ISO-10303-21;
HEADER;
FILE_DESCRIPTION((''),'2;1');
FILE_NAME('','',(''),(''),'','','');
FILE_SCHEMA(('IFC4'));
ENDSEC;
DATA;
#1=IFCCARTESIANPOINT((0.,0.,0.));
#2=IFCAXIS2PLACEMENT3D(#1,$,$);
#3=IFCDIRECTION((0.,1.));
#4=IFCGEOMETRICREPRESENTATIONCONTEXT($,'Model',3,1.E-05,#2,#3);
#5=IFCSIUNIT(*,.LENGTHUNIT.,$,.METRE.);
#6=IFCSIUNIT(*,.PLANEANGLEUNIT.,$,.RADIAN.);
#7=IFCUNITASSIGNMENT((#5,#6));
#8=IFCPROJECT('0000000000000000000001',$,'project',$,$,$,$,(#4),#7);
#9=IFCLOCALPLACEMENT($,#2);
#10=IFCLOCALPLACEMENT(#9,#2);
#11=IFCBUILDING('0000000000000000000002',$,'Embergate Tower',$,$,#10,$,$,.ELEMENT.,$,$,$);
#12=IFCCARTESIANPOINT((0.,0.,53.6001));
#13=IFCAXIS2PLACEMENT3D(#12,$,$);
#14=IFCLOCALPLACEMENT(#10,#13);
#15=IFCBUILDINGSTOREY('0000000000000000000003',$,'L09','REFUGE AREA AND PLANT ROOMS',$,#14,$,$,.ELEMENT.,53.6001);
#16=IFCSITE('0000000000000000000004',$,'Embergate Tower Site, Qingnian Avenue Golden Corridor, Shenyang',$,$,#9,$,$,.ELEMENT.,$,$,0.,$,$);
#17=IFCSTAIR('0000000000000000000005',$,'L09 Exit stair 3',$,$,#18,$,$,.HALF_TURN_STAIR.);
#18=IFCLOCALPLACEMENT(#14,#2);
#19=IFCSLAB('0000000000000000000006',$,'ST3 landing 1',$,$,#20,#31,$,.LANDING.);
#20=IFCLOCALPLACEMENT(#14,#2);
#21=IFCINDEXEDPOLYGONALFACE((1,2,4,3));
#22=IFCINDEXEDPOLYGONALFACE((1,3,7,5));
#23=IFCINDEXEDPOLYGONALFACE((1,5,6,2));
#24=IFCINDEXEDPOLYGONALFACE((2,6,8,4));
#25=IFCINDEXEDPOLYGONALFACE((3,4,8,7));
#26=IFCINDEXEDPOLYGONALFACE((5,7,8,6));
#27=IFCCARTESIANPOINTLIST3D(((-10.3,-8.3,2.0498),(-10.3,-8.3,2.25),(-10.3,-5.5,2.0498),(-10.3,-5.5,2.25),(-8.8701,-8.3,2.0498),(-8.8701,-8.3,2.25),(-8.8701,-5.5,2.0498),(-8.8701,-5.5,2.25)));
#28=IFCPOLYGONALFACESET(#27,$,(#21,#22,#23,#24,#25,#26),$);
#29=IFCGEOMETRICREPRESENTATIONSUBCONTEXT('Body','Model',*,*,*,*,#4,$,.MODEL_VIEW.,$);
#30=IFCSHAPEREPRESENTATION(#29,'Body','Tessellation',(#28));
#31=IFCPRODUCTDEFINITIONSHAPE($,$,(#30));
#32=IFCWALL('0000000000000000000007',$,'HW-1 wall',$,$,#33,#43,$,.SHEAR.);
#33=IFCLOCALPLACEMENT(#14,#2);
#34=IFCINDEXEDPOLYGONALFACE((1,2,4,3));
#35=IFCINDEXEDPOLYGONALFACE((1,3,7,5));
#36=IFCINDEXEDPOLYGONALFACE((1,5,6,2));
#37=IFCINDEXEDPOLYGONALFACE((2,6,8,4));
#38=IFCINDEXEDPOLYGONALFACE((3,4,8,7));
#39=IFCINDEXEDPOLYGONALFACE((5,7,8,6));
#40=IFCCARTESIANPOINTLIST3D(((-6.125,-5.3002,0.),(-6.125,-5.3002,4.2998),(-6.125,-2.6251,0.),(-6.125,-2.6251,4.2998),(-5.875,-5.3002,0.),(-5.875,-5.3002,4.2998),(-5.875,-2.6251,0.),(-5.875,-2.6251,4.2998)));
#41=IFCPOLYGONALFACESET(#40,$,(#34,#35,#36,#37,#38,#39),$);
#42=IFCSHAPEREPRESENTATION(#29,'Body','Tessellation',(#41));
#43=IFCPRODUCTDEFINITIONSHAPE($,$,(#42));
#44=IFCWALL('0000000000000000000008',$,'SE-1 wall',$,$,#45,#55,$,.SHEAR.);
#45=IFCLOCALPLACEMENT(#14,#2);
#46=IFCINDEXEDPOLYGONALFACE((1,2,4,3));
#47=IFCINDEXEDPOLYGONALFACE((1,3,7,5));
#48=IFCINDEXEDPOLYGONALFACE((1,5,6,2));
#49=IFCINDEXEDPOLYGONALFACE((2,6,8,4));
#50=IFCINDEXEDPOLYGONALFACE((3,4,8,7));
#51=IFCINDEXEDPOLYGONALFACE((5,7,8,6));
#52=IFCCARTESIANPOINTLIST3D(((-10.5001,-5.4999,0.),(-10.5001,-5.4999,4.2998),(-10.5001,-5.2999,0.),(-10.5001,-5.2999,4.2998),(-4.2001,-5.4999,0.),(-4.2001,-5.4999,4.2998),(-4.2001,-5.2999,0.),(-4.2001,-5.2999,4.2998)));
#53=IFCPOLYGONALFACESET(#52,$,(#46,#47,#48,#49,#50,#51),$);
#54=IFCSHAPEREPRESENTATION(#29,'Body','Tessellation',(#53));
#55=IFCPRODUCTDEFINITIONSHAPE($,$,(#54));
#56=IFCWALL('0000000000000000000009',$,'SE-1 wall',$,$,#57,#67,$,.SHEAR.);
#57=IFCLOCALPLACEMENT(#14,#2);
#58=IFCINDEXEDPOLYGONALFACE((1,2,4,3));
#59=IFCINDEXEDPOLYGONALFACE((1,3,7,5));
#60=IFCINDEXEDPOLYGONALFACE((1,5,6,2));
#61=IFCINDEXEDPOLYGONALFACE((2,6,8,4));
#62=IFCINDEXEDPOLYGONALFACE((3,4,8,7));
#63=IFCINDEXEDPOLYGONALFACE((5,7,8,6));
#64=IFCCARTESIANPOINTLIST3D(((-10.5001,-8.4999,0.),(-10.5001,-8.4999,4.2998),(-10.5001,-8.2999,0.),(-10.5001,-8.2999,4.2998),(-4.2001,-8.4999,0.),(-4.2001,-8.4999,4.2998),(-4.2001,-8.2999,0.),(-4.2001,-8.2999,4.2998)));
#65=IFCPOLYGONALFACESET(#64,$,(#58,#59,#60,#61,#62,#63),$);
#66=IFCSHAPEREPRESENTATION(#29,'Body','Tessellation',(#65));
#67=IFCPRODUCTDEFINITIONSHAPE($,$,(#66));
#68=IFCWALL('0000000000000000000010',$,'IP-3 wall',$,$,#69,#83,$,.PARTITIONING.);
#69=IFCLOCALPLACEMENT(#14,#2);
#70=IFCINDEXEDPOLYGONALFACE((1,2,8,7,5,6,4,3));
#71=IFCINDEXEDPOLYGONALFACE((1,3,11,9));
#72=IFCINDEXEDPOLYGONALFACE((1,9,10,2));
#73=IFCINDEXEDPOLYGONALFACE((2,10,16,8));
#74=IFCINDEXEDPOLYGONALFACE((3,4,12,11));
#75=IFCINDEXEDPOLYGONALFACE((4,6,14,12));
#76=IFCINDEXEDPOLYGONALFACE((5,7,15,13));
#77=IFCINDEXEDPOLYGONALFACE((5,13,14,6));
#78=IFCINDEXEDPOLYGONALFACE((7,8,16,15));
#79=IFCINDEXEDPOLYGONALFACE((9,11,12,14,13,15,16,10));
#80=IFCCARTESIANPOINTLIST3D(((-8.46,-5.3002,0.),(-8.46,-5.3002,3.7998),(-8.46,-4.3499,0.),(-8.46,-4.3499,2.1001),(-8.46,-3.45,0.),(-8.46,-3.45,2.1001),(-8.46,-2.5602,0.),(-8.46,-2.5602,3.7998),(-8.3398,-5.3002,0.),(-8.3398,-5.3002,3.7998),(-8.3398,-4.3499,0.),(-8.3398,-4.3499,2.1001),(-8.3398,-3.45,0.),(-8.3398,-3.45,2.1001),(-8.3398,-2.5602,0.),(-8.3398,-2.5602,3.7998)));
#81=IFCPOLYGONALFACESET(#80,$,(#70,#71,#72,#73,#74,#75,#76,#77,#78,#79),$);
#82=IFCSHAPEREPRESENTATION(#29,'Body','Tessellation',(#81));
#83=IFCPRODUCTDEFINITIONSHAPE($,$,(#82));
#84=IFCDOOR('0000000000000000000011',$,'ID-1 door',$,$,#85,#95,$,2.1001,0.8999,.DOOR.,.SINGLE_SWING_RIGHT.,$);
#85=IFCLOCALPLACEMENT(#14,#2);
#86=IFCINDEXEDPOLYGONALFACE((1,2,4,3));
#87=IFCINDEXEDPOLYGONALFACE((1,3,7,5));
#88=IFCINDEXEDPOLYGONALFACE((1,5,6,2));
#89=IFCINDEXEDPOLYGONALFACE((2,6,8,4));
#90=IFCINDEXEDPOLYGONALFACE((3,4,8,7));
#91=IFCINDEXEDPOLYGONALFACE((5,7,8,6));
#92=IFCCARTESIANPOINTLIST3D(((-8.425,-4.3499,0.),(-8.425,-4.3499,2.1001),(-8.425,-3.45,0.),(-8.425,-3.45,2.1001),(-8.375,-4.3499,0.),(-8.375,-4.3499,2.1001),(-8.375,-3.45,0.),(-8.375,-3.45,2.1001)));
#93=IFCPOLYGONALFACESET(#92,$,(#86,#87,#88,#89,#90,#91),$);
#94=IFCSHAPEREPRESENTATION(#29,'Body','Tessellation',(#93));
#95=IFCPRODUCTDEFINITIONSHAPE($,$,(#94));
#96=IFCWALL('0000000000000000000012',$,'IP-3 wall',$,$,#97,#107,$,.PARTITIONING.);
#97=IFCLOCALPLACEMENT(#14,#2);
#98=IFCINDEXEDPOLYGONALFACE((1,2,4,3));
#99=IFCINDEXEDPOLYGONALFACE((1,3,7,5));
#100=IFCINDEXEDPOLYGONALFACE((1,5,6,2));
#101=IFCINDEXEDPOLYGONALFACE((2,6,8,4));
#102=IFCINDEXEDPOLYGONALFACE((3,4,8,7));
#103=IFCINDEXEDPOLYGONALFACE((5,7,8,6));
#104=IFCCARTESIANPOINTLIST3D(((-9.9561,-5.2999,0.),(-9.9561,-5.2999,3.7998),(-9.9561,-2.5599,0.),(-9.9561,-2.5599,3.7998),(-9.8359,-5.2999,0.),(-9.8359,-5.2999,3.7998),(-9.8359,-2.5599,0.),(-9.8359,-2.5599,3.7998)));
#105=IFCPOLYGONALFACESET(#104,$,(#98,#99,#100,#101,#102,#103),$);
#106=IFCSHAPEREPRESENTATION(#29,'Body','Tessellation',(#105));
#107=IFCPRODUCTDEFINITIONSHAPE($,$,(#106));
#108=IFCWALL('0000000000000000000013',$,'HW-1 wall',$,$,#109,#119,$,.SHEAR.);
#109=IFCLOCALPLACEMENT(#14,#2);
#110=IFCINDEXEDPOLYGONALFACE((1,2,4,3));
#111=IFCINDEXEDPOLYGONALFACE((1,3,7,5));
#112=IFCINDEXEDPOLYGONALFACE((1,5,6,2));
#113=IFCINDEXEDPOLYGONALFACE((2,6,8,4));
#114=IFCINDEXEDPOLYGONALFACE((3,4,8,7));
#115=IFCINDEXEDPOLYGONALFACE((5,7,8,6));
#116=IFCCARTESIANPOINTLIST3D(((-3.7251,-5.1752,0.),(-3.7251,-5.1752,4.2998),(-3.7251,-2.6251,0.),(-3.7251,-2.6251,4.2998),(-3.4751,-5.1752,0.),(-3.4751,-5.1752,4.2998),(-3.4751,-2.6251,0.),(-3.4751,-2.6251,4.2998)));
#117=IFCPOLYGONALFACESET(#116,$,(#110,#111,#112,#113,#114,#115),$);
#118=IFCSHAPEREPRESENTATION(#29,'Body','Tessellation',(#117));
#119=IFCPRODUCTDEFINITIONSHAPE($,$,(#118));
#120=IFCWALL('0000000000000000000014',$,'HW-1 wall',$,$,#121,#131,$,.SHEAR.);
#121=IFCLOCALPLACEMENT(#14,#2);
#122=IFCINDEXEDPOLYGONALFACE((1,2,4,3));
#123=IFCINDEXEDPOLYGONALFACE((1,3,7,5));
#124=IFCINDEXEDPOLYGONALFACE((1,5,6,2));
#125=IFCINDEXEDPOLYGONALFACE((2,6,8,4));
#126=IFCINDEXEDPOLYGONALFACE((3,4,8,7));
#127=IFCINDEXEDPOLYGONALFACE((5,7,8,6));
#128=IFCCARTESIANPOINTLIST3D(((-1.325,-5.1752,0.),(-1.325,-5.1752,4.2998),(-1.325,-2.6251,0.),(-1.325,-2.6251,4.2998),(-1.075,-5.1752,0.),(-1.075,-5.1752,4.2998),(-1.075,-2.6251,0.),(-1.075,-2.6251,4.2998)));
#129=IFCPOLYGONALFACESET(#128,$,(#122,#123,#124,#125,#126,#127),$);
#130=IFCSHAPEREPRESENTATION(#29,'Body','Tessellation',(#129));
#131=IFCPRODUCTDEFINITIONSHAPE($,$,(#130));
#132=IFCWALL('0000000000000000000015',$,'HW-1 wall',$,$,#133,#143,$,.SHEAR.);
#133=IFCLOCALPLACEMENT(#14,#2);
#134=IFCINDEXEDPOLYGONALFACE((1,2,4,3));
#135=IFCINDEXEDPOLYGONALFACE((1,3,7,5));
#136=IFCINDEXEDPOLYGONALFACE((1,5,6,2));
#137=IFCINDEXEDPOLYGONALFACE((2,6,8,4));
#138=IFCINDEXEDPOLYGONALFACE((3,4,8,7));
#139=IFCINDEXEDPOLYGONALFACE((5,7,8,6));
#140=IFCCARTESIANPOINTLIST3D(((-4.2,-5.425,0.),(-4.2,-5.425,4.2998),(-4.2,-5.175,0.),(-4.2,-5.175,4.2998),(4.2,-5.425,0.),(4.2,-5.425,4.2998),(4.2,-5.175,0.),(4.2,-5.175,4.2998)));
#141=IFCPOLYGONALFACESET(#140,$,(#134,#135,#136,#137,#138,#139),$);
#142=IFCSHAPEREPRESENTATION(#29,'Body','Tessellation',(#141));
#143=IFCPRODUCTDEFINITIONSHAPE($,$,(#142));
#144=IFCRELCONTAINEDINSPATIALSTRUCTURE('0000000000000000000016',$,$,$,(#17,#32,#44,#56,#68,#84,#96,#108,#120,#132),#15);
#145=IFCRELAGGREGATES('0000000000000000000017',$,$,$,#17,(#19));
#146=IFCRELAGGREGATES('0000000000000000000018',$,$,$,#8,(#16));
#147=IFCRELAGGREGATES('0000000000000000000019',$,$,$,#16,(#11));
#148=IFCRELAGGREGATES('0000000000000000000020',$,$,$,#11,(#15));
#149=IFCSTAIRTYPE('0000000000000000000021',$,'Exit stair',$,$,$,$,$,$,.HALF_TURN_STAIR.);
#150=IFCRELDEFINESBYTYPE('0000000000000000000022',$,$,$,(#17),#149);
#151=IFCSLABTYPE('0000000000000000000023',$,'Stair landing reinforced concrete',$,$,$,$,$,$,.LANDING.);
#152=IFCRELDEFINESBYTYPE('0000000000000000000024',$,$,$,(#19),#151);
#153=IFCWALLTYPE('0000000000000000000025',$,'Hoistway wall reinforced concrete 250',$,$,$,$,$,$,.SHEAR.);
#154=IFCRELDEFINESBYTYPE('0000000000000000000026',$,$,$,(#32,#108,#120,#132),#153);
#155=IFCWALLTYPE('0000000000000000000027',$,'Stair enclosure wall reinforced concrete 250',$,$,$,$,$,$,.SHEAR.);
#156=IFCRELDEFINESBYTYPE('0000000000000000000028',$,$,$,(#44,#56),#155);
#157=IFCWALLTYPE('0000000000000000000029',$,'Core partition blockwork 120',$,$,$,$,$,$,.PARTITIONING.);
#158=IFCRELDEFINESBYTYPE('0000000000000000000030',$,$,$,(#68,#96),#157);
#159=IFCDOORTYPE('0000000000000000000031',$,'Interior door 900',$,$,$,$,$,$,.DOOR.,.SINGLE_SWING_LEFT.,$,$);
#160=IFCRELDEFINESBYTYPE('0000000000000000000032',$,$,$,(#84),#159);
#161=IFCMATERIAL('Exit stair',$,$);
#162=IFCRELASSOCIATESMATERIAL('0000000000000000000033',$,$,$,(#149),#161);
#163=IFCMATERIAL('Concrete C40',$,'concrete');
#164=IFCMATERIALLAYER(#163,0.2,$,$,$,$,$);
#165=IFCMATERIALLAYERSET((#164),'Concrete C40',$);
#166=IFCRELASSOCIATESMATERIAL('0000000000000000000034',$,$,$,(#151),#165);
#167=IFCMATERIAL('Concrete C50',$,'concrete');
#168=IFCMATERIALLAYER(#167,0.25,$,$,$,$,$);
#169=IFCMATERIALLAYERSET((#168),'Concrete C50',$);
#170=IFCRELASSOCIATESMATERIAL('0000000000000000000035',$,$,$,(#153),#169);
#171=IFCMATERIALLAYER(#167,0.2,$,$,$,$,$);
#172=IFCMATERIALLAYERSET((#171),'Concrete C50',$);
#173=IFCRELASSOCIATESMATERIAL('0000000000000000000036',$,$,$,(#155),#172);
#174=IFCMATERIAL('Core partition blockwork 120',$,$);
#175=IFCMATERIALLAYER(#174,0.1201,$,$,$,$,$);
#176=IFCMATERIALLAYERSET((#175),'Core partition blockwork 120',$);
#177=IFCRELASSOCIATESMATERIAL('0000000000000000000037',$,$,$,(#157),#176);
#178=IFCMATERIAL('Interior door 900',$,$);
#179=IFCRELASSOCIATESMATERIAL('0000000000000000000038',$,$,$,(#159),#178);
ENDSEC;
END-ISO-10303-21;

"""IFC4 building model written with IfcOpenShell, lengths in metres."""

from ifc_helpers import new_model, si_unit, direction, frame, frame_2d, origin, place, context, subcontext, project, spatial, polyline, rectangle, outline, extrude, source, transform, mapped, material, layer, layer_set, type_object, element, fill, aggregate, save


model = new_model("IFC4")

# Units and contexts
model_context = context("Model", 3, precision=1e-05, world=origin(), true_north=direction((0.0, 1.0)))
body_context = subcontext(model_context, "Body", "Model", "MODEL_VIEW")
ifc_project = project(units=[si_unit("LENGTHUNIT", "METRE"), si_unit("PLANEANGLEUNIT", "RADIAN")], contexts=[model_context])

# Site, building, storey
site_placement = place(None, origin())
site = spatial("IfcSite", under=ifc_project, at=site_placement, Name="Embergate Tower Site, Qingnian Avenue Golden Corridor, Shenyang", CompositionType="ELEMENT", RefElevation=0.0)
building_placement = place(site_placement, origin())
building = spatial("IfcBuilding", under=site, at=building_placement, Name="Embergate Tower", CompositionType="ELEMENT")
storey_placement = place(building_placement, frame((0.0, 0.0, 53.6001)))
storey = spatial("IfcBuildingStorey", under=building, at=storey_placement, Name="L09", Description="REFUGE AREA AND PLANT ROOMS", CompositionType="ELEMENT", Elevation=53.6001)

# Stair, slab
ifc_material_1 = material(Name="Exit stair")
stair_type = type_object("IfcStairType", Name="Exit stair", PredefinedType="HALF_TURN_STAIR", material=ifc_material_1)
stair_placement = place(storey_placement, origin())
stair = element("IfcStair", 1, at=stair_placement, inside=storey, type_object=stair_type, Name="L09 Exit stair 3", PredefinedType="HALF_TURN_STAIR")
ifc_material_2 = material(Name="Concrete C40", Category="concrete")
ifc_layer_1 = layer(ifc_material_2, 0.2)
ifc_layer_set_1 = layer_set([ifc_layer_1], Name="Concrete C40")
slab_type = type_object("IfcSlabType", Name="Stair landing reinforced concrete", PredefinedType="LANDING", material=ifc_layer_set_1)
shared_shape_1 = source(origin(), body_context, "Body", "SweptSolid", [
    extrude(outline(polyline([(0.0, 0.0), (1.4299, 0.0), (1.4299, 2.8), (0.0, 2.8), (0.0, 0.0)])), origin(), (0.0, 0.0, 1.0), 0.2002),
])
slab_placement = place(storey_placement, frame((-10.3, -8.3, 2.0498)))
slab = element("IfcSlab", 2, at=slab_placement, type_object=slab_type, Name="ST3 landing 1", PredefinedType="LANDING", context=body_context, shape_type="MappedRepresentation", body=[
    mapped(shared_shape_1, transform((0.0, 0.0, 0.0))),
])

# Walls
ifc_material_3 = material(Name="Concrete C50", Category="concrete")
ifc_layer_2 = layer(ifc_material_3, 0.25)
ifc_layer_set_2 = layer_set([ifc_layer_2], Name="Concrete C50")
wall_type_1 = type_object("IfcWallType", Name="Hoistway wall reinforced concrete 250", PredefinedType="SHEAR", material=ifc_layer_set_2)
shared_shape_2 = source(origin(), body_context, "Body", "SweptSolid", [
    extrude(rectangle(XDim=2.675, YDim=0.25, at=frame_2d((1.3374, 0.0))), origin(), (0.0, 0.0, 1.0), 4.2998),
])
wall_1_placement = place(storey_placement, frame((-6.0, -5.3, 0.0), z_axis=(0.0, 0.0, 1.0), x_axis=(0.0, 1.0, 0.0)))
element("IfcWall", 3, at=wall_1_placement, inside=storey, type_object=wall_type_1, Name="HW-1 wall", PredefinedType="SHEAR", context=body_context, shape_type="MappedRepresentation", body=[
    mapped(shared_shape_2, transform((0.0, 0.0, 0.0))),
])
ifc_layer_3 = layer(ifc_material_3, 0.2)
ifc_layer_set_3 = layer_set([ifc_layer_3], Name="Concrete C50")
wall_type_2 = type_object("IfcWallType", Name="Stair enclosure wall reinforced concrete 250", PredefinedType="SHEAR", material=ifc_layer_set_3)
shared_shape_3 = source(origin(), body_context, "Body", "SweptSolid", [
    extrude(rectangle(XDim=6.3, YDim=0.2, at=frame_2d((3.1499, 0.0))), origin(), (0.0, 0.0, 1.0), 4.2998),
])
for number, where, z_axis, x_axis, name in (
    (4, (-10.5, -5.3999, 0.0), (0.0, 0.0, 1.0), (1.0, 0.0, 0.0), "SE-1 wall"),
    (5, (-10.5, -8.3999, 0.0), (0.0, 0.0, 1.0), (1.0, 0.0, 0.0), "SE-1 wall"),
):
    element("IfcWall", number, at=place(storey_placement, frame(where, z_axis=z_axis, x_axis=x_axis)), inside=storey, type_object=wall_type_2, Name=name, PredefinedType="SHEAR", context=body_context, shape_type="MappedRepresentation", body=[
        mapped(shared_shape_3, transform((0.0, 0.0, 0.0))),
    ])

# Wall, opening, door
ifc_material_4 = material(Name="Core partition blockwork 120")
ifc_layer_4 = layer(ifc_material_4, 0.1201)
ifc_layer_set_4 = layer_set([ifc_layer_4], Name="Core partition blockwork 120")
wall_type_3 = type_object("IfcWallType", Name="Core partition blockwork 120", PredefinedType="PARTITIONING", material=ifc_layer_set_4)
shared_shape_4 = source(origin(), body_context, "Body", "SweptSolid", [
    extrude(rectangle(XDim=2.74, YDim=0.1201, at=frame_2d((1.3701, 0.0))), origin(), (0.0, 0.0, 1.0), 3.7998),
])
wall_2_placement = place(storey_placement, frame((-8.3999, -2.5601, 0.0), z_axis=(0.0, 0.0, 1.0), x_axis=(0.0, -1.0, 0.0)))
wall_2 = element("IfcWall", 6, at=wall_2_placement, inside=storey, type_object=wall_type_3, Name="IP-3 wall", PredefinedType="PARTITIONING", context=body_context, shape_type="MappedRepresentation", body=[
    mapped(shared_shape_4, transform((0.0, 0.0, 0.0))),
])
shared_shape_5 = source(origin(), body_context, "Body", "SweptSolid", [
    extrude(rectangle(XDim=0.8999, YDim=2.1001, at=frame_2d((0.45, 1.05))), frame((0.0, 0.0701, 0.0), z_axis=(0.0, -1.0, 0.0), x_axis=(1.0, 0.0, 0.0)), (0.0, 0.0, 1.0), 0.1401),
])
opening_1_placement = place(wall_2_placement, frame((0.8899, 0.0, 0.0)))
opening_1 = element("IfcOpeningElement", 7, at=opening_1_placement, cuts=wall_2, PredefinedType="OPENING", context=body_context, shape_type="MappedRepresentation", body=[
    mapped(shared_shape_5, transform((0.0, 0.0, 0.0))),
])
ifc_material_5 = material(Name="Interior door 900")
door_type_1 = type_object("IfcDoorType", Name="Interior door 900", OperationType="SINGLE_SWING_LEFT", PredefinedType="DOOR", material=ifc_material_5)
shared_shape_6 = source(origin(), body_context, "Body", "SweptSolid", [
    extrude(rectangle(XDim=0.8999, YDim=2.1001, at=frame_2d((0.45, 1.05))), frame((0.0, 0.0249, 0.0), z_axis=(0.0, -1.0, 0.0), x_axis=(1.0, 0.0, 0.0)), (0.0, 0.0, 1.0), 0.05),
])
door_1_placement = place(opening_1_placement, origin())
door_1 = element("IfcDoor", 8, at=door_1_placement, inside=storey, type_object=door_type_1, Name="ID-1 door", OperationType="SINGLE_SWING_RIGHT", OverallHeight=2.1001, OverallWidth=0.8999, PredefinedType="DOOR", context=body_context, shape_type="MappedRepresentation", body=[
    mapped(shared_shape_6, transform((0.0, 0.0, 0.0))),
])
fill(opening_1, door_1)

# Walls
wall_3_placement = place(storey_placement, frame((-9.896, -5.3, 0.0), z_axis=(0.0, 0.0, 1.0), x_axis=(0.0, 1.0, 0.0)))
element("IfcWall", 9, at=wall_3_placement, inside=storey, type_object=wall_type_3, Name="IP-3 wall", PredefinedType="PARTITIONING", context=body_context, shape_type="MappedRepresentation", body=[
    mapped(shared_shape_4, transform((0.0, 0.0, 0.0))),
])
shared_shape_7 = source(origin(), body_context, "Body", "SweptSolid", [
    extrude(rectangle(XDim=2.55, YDim=0.25, at=frame_2d((1.2749, 0.0))), origin(), (0.0, 0.0, 1.0), 4.2998),
])
for number, where, z_axis, x_axis, name in (
    (10, (-3.6001, -5.175, 0.0), (0.0, 0.0, 1.0), (0.0, 1.0, 0.0), "HW-1 wall"),
    (11, (-1.2, -5.175, 0.0), (0.0, 0.0, 1.0), (0.0, 1.0, 0.0), "HW-1 wall"),
):
    element("IfcWall", number, at=place(storey_placement, frame(where, z_axis=z_axis, x_axis=x_axis)), inside=storey, type_object=wall_type_1, Name=name, PredefinedType="SHEAR", context=body_context, shape_type="MappedRepresentation", body=[
        mapped(shared_shape_7, transform((0.0, 0.0, 0.0))),
    ])
shared_shape_8 = source(origin(), body_context, "Body", "SweptSolid", [
    extrude(rectangle(XDim=8.3999, YDim=0.25, at=frame_2d((4.2, 0.0))), origin(), (0.0, 0.0, 1.0), 4.2998),
])
wall_4_placement = place(storey_placement, frame((-4.2, -5.3, 0.0), z_axis=(0.0, 0.0, 1.0), x_axis=(1.0, 0.0, 0.0)))
element("IfcWall", 12, at=wall_4_placement, inside=storey, type_object=wall_type_1, Name="HW-1 wall", PredefinedType="SHEAR", context=body_context, shape_type="MappedRepresentation", body=[
    mapped(shared_shape_8, transform((0.0, 0.0, 0.0))),
])

aggregate(stair, [slab])

save(model, "model.ifc")
